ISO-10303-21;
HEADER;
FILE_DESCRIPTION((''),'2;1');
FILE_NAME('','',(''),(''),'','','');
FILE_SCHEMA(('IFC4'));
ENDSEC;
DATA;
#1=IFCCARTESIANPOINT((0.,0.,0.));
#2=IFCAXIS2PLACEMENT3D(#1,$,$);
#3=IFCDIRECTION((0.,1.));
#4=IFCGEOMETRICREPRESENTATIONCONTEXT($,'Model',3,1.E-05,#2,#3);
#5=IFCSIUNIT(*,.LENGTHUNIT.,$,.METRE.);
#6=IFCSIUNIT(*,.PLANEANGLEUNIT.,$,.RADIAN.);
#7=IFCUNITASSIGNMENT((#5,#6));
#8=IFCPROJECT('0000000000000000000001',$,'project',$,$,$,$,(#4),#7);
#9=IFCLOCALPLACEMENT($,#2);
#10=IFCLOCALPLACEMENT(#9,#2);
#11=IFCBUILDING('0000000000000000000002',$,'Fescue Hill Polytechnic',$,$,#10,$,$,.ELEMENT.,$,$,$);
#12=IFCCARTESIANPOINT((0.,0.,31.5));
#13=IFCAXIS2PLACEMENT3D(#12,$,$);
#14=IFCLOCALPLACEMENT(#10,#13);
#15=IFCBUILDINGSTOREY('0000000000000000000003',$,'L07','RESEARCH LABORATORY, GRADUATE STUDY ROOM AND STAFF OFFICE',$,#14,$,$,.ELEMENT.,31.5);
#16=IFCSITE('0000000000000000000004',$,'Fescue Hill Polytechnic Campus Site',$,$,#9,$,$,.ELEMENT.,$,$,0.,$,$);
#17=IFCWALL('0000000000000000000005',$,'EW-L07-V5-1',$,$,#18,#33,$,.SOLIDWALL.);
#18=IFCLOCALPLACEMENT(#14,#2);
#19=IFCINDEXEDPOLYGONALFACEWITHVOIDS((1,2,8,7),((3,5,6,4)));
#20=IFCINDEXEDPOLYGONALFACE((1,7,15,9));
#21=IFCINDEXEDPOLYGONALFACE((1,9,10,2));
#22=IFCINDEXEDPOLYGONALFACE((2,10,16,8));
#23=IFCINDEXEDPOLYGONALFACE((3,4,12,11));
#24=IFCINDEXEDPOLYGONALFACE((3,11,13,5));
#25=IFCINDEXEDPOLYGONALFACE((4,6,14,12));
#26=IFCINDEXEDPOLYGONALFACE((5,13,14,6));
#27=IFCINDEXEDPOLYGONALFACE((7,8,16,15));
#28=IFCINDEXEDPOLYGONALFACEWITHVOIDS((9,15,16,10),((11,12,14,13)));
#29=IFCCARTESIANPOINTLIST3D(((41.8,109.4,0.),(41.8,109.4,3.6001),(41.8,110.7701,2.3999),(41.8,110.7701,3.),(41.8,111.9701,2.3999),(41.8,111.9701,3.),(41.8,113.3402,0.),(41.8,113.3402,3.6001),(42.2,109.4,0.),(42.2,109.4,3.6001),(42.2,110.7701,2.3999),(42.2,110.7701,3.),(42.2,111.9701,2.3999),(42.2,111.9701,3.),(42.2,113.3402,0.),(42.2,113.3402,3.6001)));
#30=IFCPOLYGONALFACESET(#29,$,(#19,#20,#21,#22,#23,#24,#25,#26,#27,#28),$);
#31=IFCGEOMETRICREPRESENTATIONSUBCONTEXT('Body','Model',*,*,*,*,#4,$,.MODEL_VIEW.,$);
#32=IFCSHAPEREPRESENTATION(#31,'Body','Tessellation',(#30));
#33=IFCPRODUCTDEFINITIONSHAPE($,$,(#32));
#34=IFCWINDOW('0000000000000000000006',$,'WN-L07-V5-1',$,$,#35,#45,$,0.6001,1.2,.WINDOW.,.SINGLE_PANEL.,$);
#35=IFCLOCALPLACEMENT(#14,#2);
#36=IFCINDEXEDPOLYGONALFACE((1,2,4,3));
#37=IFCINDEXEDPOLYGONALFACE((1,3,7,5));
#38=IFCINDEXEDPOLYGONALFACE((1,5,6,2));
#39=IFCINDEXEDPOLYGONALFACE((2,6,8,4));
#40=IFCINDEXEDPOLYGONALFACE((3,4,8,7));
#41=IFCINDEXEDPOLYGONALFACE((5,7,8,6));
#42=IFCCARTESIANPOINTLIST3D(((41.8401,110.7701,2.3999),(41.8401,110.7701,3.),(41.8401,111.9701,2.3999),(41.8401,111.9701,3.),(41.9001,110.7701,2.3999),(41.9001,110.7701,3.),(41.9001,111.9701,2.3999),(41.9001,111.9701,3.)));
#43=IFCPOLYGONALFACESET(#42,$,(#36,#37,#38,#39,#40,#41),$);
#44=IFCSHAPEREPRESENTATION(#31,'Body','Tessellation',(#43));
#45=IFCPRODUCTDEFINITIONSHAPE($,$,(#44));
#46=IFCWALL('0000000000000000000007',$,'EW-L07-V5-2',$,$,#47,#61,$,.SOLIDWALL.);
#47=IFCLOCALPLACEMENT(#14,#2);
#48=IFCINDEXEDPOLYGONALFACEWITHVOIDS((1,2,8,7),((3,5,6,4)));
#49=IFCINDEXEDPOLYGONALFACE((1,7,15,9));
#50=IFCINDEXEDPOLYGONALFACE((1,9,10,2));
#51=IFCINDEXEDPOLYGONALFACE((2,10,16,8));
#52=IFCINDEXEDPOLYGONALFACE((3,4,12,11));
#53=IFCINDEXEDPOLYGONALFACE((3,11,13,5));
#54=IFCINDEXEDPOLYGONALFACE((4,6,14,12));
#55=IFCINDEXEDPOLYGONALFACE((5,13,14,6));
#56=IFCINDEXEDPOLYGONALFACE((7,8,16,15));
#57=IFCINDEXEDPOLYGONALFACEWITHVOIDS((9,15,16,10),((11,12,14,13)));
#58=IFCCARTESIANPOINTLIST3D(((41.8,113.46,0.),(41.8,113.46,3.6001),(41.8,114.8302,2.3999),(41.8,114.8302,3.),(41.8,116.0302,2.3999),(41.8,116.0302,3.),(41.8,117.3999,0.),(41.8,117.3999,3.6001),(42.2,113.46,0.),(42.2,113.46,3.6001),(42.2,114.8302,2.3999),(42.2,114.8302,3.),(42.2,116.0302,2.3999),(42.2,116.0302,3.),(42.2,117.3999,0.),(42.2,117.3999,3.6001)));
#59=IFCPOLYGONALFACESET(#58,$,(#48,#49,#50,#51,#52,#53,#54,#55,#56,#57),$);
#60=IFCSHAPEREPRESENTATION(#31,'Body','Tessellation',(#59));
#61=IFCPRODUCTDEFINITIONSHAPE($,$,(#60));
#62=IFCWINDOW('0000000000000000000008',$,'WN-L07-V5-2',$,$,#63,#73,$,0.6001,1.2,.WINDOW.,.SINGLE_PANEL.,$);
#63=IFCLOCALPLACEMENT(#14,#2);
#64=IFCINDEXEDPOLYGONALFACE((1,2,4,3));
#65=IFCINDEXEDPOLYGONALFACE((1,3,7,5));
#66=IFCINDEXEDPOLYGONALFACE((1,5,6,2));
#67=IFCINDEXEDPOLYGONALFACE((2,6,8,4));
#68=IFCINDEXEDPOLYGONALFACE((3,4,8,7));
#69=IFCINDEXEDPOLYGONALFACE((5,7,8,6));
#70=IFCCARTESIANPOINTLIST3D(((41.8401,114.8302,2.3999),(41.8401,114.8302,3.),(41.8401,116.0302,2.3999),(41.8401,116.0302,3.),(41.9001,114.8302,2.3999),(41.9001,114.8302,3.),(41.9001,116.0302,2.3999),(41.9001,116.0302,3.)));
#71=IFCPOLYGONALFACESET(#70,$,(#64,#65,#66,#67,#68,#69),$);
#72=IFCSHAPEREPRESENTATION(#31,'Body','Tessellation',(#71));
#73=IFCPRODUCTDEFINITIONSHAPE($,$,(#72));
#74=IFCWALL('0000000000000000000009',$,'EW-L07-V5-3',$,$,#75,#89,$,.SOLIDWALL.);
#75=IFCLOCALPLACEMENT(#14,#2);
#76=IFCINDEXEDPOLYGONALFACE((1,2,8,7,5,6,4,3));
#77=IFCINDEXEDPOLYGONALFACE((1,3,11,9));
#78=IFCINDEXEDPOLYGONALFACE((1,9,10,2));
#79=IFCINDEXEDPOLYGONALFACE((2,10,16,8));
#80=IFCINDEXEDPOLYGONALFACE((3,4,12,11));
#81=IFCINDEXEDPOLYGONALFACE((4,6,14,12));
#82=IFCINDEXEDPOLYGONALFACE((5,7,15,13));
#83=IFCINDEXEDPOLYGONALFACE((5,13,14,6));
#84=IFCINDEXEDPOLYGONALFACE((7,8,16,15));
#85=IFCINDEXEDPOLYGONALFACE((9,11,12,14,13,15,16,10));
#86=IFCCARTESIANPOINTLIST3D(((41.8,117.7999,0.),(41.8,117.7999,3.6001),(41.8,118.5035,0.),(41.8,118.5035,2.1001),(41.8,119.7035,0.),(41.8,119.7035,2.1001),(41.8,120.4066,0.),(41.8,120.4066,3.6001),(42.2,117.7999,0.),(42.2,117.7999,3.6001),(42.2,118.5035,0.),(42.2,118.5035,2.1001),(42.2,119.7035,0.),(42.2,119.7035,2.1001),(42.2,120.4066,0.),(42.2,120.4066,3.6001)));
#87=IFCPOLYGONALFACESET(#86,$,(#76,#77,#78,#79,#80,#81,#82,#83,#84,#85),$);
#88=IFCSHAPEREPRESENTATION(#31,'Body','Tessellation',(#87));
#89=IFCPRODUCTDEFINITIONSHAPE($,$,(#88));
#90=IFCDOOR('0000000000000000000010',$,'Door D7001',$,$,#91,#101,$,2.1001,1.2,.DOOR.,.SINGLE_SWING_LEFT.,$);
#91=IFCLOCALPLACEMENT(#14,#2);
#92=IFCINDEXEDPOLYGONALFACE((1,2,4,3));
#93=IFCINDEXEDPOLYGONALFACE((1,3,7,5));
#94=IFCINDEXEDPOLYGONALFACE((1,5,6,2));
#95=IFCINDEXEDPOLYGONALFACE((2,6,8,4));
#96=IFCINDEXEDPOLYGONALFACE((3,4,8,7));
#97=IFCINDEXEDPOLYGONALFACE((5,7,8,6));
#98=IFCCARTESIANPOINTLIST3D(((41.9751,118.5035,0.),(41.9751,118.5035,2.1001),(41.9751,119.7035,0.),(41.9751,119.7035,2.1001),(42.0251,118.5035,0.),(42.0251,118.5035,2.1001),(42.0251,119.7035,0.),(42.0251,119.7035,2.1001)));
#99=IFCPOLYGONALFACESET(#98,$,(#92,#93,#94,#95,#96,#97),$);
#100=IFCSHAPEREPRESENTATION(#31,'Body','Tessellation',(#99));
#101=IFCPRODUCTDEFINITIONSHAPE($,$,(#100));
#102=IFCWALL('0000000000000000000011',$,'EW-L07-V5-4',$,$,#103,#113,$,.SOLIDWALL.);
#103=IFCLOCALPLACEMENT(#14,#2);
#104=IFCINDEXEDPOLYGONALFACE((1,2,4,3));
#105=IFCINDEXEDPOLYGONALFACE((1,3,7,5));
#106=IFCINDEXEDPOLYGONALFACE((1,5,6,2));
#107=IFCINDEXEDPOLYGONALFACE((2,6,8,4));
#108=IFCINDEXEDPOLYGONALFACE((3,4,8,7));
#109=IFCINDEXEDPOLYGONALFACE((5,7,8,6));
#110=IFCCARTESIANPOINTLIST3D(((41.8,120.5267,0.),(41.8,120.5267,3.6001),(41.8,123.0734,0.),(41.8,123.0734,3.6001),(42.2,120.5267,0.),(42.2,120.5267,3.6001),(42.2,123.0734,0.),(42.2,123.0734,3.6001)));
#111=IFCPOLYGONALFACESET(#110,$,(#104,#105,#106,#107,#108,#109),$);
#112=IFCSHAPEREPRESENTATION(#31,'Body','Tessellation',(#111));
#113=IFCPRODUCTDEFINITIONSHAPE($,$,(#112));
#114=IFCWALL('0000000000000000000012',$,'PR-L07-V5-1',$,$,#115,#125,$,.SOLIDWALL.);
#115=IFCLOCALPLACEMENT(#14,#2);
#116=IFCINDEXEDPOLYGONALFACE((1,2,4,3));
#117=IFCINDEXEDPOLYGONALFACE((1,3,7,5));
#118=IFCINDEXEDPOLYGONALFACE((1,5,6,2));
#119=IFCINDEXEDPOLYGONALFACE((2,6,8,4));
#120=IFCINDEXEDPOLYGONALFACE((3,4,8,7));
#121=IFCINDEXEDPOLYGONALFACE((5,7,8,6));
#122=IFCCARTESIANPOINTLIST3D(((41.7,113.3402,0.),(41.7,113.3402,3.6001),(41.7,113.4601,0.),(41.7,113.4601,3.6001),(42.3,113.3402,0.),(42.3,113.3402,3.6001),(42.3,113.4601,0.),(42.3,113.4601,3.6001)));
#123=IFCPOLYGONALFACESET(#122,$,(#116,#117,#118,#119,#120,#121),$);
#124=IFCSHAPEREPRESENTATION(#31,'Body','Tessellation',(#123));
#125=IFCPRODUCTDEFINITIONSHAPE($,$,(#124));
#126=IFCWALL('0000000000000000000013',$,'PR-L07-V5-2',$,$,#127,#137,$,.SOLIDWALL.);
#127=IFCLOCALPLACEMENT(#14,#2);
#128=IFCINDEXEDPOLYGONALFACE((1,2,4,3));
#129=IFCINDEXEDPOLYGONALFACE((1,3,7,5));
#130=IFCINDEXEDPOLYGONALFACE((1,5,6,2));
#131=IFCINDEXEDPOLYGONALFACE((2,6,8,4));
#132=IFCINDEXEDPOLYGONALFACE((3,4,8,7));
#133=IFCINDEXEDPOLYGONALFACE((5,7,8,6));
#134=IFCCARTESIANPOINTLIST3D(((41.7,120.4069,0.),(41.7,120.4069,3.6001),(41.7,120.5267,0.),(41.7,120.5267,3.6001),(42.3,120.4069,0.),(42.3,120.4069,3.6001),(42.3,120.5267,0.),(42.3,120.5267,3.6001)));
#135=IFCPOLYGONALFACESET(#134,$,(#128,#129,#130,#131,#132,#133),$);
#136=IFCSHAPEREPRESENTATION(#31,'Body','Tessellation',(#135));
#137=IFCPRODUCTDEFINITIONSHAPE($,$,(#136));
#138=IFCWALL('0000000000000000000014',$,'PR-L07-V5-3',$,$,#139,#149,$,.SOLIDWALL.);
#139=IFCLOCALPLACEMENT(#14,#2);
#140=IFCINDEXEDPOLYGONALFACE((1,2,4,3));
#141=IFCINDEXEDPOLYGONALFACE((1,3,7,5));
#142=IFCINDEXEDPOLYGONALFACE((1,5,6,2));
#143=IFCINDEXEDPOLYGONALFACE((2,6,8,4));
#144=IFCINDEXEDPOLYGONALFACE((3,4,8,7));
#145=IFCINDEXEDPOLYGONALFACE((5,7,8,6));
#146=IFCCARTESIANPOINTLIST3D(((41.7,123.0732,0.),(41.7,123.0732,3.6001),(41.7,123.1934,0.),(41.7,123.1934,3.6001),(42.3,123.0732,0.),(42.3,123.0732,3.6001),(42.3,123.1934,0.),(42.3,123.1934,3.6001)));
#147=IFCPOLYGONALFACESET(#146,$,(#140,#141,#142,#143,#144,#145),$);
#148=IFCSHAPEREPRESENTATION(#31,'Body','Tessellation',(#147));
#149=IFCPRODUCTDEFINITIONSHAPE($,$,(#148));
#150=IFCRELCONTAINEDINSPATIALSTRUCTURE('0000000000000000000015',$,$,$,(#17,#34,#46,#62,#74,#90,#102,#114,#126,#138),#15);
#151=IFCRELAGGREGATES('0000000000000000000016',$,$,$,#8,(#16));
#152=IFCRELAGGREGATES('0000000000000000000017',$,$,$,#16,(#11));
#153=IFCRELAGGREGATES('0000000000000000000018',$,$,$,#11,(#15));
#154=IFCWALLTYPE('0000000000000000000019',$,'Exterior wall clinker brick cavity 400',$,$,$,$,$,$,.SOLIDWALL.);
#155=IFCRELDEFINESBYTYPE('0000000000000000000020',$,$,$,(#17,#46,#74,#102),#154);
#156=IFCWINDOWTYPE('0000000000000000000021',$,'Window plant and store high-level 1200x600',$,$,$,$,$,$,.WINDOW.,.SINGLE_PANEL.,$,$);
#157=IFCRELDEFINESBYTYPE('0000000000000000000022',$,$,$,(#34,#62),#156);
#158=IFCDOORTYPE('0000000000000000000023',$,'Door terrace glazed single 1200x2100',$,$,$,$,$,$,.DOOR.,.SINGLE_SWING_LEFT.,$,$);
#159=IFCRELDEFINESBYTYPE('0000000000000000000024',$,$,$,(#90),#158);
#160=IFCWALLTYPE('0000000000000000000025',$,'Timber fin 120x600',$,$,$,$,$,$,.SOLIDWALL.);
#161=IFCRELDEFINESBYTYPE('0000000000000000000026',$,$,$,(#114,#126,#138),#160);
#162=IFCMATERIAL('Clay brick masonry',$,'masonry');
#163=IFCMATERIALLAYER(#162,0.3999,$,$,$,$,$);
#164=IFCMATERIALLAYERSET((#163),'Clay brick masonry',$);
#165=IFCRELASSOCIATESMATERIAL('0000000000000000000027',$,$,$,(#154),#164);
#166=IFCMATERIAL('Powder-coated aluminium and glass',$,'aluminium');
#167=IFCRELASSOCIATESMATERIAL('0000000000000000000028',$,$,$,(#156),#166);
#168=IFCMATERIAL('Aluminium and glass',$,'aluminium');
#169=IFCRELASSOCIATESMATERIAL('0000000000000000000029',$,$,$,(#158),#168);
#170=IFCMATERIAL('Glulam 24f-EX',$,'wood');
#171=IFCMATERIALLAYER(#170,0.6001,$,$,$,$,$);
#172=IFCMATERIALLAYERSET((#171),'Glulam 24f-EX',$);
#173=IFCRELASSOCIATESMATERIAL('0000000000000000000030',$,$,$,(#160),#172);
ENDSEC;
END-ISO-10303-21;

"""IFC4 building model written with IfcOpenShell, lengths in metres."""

from ifc_helpers import new_model, si_unit, direction, frame, frame_2d, origin, place, context, subcontext, project, spatial, rectangle, extrude, material, layer, layer_set, type_object, element, fill, save


model = new_model("IFC4")

# Units and contexts
model_context = context("Model", 3, precision=1e-05, world=origin(), true_north=direction((0.0, 1.0)))
body_context = subcontext(model_context, "Body", "Model", "MODEL_VIEW")
ifc_project = project(units=[si_unit("LENGTHUNIT", "METRE"), si_unit("PLANEANGLEUNIT", "RADIAN")], contexts=[model_context])

# Site, building, storey
site_placement = place(None, origin())
site = spatial("IfcSite", under=ifc_project, at=site_placement, Name="Fescue Hill Polytechnic Campus Site", CompositionType="ELEMENT", RefElevation=0.0)
building_placement = place(site_placement, origin())
building = spatial("IfcBuilding", under=site, at=building_placement, Name="Fescue Hill Polytechnic", CompositionType="ELEMENT")
storey_placement = place(building_placement, frame((0.0, 0.0, 31.5)))
storey = spatial("IfcBuildingStorey", under=building, at=storey_placement, Name="L07", Description="RESEARCH LABORATORY, GRADUATE STUDY ROOM AND STAFF OFFICE", CompositionType="ELEMENT", Elevation=31.5)

# Walls, openings, windows
ifc_material_1 = material(Name="Clay brick masonry", Category="masonry")
ifc_layer_1 = layer(ifc_material_1, 0.3999)
ifc_layer_set_1 = layer_set([ifc_layer_1], Name="Clay brick masonry")
wall_type_1 = type_object("IfcWallType", Name="Exterior wall clinker brick cavity 400", PredefinedType="SOLIDWALL", material=ifc_layer_set_1)
wall_1_placement = place(storey_placement, frame((42.0, 109.3999, 0.0), z_axis=(0.0, 0.0, 1.0), x_axis=(0.0, 1.0, 0.0)))
wall_1 = element("IfcWall", 1, at=wall_1_placement, inside=storey, type_object=wall_type_1, Name="EW-L07-V5-1", PredefinedType="SOLIDWALL", context=body_context, shape_type="SweptSolid", body=[
    extrude(rectangle(XDim=3.9402, YDim=0.3999, at=frame_2d((1.9702, 0.0))), origin(), (0.0, 0.0, 1.0), 3.6001),
])
opening_1_placement = place(wall_1_placement, frame((1.3701, 0.0, 2.3999)))
opening_1 = element("IfcOpeningElement", 2, at=opening_1_placement, cuts=wall_1, PredefinedType="OPENING", context=body_context, shape_type="SweptSolid", body=[
    extrude(rectangle(XDim=1.2, YDim=0.6001, at=frame_2d((0.6001, 0.3))), frame((0.0, 0.21, 0.0), z_axis=(0.0, -1.0, 0.0), x_axis=(1.0, 0.0, 0.0)), (0.0, 0.0, 1.0), 0.4199),
])
ifc_material_2 = material(Name="Powder-coated aluminium and glass", Category="aluminium")
window_type = type_object("IfcWindowType", Name="Window plant and store high-level 1200x600", PartitioningType="SINGLE_PANEL", PredefinedType="WINDOW", material=ifc_material_2)
window_1_placement = place(opening_1_placement, origin())
window_1 = element("IfcWindow", 3, at=window_1_placement, inside=storey, type_object=window_type, Name="WN-L07-V5-1", OverallHeight=0.6001, OverallWidth=1.2, PartitioningType="SINGLE_PANEL", PredefinedType="WINDOW", context=body_context, shape_type="SweptSolid", body=[
    extrude(rectangle(XDim=1.2, YDim=0.6001, at=frame_2d((0.6001, 0.3))), frame((0.0, 0.1599, 0.0), z_axis=(0.0, -1.0, 0.0), x_axis=(1.0, 0.0, 0.0)), (0.0, 0.0, 1.0), 0.0601),
])
fill(opening_1, window_1)
wall_2_placement = place(storey_placement, frame((42.0, 113.46, 0.0), z_axis=(0.0, 0.0, 1.0), x_axis=(0.0, 1.0, 0.0)))
wall_2 = element("IfcWall", 4, at=wall_2_placement, inside=storey, type_object=wall_type_1, Name="EW-L07-V5-2", PredefinedType="SOLIDWALL", context=body_context, shape_type="SweptSolid", body=[
    extrude(rectangle(XDim=3.9399, YDim=0.3999, at=frame_2d((1.97, 0.0))), origin(), (0.0, 0.0, 1.0), 3.6001),
])
opening_2_placement = place(wall_2_placement, frame((1.3701, 0.0, 2.3999)))
opening_2 = element("IfcOpeningElement", 5, at=opening_2_placement, cuts=wall_2, PredefinedType="OPENING", context=body_context, shape_type="SweptSolid", body=[
    extrude(rectangle(XDim=1.2, YDim=0.6001, at=frame_2d((0.6001, 0.3))), frame((0.0, 0.21, 0.0), z_axis=(0.0, -1.0, 0.0), x_axis=(1.0, 0.0, 0.0)), (0.0, 0.0, 1.0), 0.4199),
])
window_2_placement = place(opening_2_placement, origin())
window_2 = element("IfcWindow", 6, at=window_2_placement, inside=storey, type_object=window_type, Name="WN-L07-V5-2", OverallHeight=0.6001, OverallWidth=1.2, PartitioningType="SINGLE_PANEL", PredefinedType="WINDOW", context=body_context, shape_type="SweptSolid", body=[
    extrude(rectangle(XDim=1.2, YDim=0.6001, at=frame_2d((0.6001, 0.3))), frame((0.0, 0.1599, 0.0), z_axis=(0.0, -1.0, 0.0), x_axis=(1.0, 0.0, 0.0)), (0.0, 0.0, 1.0), 0.0601),
])
fill(opening_2, window_2)

# Wall, opening, door
wall_3_placement = place(storey_placement, frame((42.0, 117.8, 0.0), z_axis=(0.0, 0.0, 1.0), x_axis=(0.0, 1.0, 0.0)))
wall_3 = element("IfcWall", 7, at=wall_3_placement, inside=storey, type_object=wall_type_1, Name="EW-L07-V5-3", PredefinedType="SOLIDWALL", context=body_context, shape_type="SweptSolid", body=[
    extrude(rectangle(XDim=2.6067, YDim=0.3999, at=frame_2d((1.3032, 0.0))), origin(), (0.0, 0.0, 1.0), 3.6001),
])
opening_3_placement = place(wall_3_placement, frame((0.7034, 0.0, 0.0)))
opening_3 = element("IfcOpeningElement", 8, at=opening_3_placement, cuts=wall_3, PredefinedType="OPENING", context=body_context, shape_type="SweptSolid", body=[
    extrude(rectangle(XDim=1.2, YDim=2.1001, at=frame_2d((0.6001, 1.05))), frame((0.0, 0.21, 0.0), z_axis=(0.0, -1.0, 0.0), x_axis=(1.0, 0.0, 0.0)), (0.0, 0.0, 1.0), 0.4199),
])
ifc_material_3 = material(Name="Aluminium and glass", Category="aluminium")
door_type = type_object("IfcDoorType", Name="Door terrace glazed single 1200x2100", OperationType="SINGLE_SWING_LEFT", PredefinedType="DOOR", material=ifc_material_3)
door_placement = place(opening_3_placement, origin())
door = element("IfcDoor", 9, at=door_placement, inside=storey, type_object=door_type, Name="Door D7001", OperationType="SINGLE_SWING_LEFT", OverallHeight=2.1001, OverallWidth=1.2, PredefinedType="DOOR", context=body_context, shape_type="SweptSolid", body=[
    extrude(rectangle(XDim=1.2, YDim=2.1001, at=frame_2d((0.6001, 1.05))), frame((0.0, 0.0249, 0.0), z_axis=(0.0, -1.0, 0.0), x_axis=(1.0, 0.0, 0.0)), (0.0, 0.0, 1.0), 0.05),
])
fill(opening_3, door)

# Walls
wall_4_placement = place(storey_placement, frame((42.0, 120.5266, 0.0), z_axis=(0.0, 0.0, 1.0), x_axis=(0.0, 1.0, 0.0)))
element("IfcWall", 10, at=wall_4_placement, inside=storey, type_object=wall_type_1, Name="EW-L07-V5-4", PredefinedType="SOLIDWALL", context=body_context, shape_type="SweptSolid", body=[
    extrude(rectangle(XDim=2.5466, YDim=0.3999, at=frame_2d((1.2734, 0.0))), origin(), (0.0, 0.0, 1.0), 3.6001),
])
ifc_material_4 = material(Name="Glulam 24f-EX", Category="wood")
ifc_layer_2 = layer(ifc_material_4, 0.6001)
ifc_layer_set_2 = layer_set([ifc_layer_2], Name="Glulam 24f-EX")
wall_type_2 = type_object("IfcWallType", Name="Timber fin 120x600", PredefinedType="SOLIDWALL", material=ifc_layer_set_2)
for number, where, z_axis, x_axis, name in (
    (11, (42.0, 113.3401, 0.0), (0.0, 0.0, 1.0), (0.0, 1.0, 0.0), "PR-L07-V5-1"),
    (12, (42.0, 120.4067, 0.0), (0.0, 0.0, 1.0), (0.0, 1.0, 0.0), "PR-L07-V5-2"),
):
    element("IfcWall", number, at=place(storey_placement, frame(where, z_axis=z_axis, x_axis=x_axis)), inside=storey, type_object=wall_type_2, Name=name, PredefinedType="SOLIDWALL", context=body_context, shape_type="SweptSolid", body=[
        extrude(rectangle(XDim=0.1199, YDim=0.6001, at=frame_2d((0.0601, 0.0))), origin(), (0.0, 0.0, 1.0), 3.6001),
    ])
wall_5_placement = place(storey_placement, frame((42.0, 123.0732, 0.0), z_axis=(0.0, 0.0, 1.0), x_axis=(0.0, 1.0, 0.0)))
element("IfcWall", 13, at=wall_5_placement, inside=storey, type_object=wall_type_2, Name="PR-L07-V5-3", PredefinedType="SOLIDWALL", context=body_context, shape_type="SweptSolid", body=[
    extrude(rectangle(XDim=0.1201, YDim=0.6001, at=frame_2d((0.0601, 0.0))), origin(), (0.0, 0.0, 1.0), 3.6001),
])

save(model, "model.ifc")
